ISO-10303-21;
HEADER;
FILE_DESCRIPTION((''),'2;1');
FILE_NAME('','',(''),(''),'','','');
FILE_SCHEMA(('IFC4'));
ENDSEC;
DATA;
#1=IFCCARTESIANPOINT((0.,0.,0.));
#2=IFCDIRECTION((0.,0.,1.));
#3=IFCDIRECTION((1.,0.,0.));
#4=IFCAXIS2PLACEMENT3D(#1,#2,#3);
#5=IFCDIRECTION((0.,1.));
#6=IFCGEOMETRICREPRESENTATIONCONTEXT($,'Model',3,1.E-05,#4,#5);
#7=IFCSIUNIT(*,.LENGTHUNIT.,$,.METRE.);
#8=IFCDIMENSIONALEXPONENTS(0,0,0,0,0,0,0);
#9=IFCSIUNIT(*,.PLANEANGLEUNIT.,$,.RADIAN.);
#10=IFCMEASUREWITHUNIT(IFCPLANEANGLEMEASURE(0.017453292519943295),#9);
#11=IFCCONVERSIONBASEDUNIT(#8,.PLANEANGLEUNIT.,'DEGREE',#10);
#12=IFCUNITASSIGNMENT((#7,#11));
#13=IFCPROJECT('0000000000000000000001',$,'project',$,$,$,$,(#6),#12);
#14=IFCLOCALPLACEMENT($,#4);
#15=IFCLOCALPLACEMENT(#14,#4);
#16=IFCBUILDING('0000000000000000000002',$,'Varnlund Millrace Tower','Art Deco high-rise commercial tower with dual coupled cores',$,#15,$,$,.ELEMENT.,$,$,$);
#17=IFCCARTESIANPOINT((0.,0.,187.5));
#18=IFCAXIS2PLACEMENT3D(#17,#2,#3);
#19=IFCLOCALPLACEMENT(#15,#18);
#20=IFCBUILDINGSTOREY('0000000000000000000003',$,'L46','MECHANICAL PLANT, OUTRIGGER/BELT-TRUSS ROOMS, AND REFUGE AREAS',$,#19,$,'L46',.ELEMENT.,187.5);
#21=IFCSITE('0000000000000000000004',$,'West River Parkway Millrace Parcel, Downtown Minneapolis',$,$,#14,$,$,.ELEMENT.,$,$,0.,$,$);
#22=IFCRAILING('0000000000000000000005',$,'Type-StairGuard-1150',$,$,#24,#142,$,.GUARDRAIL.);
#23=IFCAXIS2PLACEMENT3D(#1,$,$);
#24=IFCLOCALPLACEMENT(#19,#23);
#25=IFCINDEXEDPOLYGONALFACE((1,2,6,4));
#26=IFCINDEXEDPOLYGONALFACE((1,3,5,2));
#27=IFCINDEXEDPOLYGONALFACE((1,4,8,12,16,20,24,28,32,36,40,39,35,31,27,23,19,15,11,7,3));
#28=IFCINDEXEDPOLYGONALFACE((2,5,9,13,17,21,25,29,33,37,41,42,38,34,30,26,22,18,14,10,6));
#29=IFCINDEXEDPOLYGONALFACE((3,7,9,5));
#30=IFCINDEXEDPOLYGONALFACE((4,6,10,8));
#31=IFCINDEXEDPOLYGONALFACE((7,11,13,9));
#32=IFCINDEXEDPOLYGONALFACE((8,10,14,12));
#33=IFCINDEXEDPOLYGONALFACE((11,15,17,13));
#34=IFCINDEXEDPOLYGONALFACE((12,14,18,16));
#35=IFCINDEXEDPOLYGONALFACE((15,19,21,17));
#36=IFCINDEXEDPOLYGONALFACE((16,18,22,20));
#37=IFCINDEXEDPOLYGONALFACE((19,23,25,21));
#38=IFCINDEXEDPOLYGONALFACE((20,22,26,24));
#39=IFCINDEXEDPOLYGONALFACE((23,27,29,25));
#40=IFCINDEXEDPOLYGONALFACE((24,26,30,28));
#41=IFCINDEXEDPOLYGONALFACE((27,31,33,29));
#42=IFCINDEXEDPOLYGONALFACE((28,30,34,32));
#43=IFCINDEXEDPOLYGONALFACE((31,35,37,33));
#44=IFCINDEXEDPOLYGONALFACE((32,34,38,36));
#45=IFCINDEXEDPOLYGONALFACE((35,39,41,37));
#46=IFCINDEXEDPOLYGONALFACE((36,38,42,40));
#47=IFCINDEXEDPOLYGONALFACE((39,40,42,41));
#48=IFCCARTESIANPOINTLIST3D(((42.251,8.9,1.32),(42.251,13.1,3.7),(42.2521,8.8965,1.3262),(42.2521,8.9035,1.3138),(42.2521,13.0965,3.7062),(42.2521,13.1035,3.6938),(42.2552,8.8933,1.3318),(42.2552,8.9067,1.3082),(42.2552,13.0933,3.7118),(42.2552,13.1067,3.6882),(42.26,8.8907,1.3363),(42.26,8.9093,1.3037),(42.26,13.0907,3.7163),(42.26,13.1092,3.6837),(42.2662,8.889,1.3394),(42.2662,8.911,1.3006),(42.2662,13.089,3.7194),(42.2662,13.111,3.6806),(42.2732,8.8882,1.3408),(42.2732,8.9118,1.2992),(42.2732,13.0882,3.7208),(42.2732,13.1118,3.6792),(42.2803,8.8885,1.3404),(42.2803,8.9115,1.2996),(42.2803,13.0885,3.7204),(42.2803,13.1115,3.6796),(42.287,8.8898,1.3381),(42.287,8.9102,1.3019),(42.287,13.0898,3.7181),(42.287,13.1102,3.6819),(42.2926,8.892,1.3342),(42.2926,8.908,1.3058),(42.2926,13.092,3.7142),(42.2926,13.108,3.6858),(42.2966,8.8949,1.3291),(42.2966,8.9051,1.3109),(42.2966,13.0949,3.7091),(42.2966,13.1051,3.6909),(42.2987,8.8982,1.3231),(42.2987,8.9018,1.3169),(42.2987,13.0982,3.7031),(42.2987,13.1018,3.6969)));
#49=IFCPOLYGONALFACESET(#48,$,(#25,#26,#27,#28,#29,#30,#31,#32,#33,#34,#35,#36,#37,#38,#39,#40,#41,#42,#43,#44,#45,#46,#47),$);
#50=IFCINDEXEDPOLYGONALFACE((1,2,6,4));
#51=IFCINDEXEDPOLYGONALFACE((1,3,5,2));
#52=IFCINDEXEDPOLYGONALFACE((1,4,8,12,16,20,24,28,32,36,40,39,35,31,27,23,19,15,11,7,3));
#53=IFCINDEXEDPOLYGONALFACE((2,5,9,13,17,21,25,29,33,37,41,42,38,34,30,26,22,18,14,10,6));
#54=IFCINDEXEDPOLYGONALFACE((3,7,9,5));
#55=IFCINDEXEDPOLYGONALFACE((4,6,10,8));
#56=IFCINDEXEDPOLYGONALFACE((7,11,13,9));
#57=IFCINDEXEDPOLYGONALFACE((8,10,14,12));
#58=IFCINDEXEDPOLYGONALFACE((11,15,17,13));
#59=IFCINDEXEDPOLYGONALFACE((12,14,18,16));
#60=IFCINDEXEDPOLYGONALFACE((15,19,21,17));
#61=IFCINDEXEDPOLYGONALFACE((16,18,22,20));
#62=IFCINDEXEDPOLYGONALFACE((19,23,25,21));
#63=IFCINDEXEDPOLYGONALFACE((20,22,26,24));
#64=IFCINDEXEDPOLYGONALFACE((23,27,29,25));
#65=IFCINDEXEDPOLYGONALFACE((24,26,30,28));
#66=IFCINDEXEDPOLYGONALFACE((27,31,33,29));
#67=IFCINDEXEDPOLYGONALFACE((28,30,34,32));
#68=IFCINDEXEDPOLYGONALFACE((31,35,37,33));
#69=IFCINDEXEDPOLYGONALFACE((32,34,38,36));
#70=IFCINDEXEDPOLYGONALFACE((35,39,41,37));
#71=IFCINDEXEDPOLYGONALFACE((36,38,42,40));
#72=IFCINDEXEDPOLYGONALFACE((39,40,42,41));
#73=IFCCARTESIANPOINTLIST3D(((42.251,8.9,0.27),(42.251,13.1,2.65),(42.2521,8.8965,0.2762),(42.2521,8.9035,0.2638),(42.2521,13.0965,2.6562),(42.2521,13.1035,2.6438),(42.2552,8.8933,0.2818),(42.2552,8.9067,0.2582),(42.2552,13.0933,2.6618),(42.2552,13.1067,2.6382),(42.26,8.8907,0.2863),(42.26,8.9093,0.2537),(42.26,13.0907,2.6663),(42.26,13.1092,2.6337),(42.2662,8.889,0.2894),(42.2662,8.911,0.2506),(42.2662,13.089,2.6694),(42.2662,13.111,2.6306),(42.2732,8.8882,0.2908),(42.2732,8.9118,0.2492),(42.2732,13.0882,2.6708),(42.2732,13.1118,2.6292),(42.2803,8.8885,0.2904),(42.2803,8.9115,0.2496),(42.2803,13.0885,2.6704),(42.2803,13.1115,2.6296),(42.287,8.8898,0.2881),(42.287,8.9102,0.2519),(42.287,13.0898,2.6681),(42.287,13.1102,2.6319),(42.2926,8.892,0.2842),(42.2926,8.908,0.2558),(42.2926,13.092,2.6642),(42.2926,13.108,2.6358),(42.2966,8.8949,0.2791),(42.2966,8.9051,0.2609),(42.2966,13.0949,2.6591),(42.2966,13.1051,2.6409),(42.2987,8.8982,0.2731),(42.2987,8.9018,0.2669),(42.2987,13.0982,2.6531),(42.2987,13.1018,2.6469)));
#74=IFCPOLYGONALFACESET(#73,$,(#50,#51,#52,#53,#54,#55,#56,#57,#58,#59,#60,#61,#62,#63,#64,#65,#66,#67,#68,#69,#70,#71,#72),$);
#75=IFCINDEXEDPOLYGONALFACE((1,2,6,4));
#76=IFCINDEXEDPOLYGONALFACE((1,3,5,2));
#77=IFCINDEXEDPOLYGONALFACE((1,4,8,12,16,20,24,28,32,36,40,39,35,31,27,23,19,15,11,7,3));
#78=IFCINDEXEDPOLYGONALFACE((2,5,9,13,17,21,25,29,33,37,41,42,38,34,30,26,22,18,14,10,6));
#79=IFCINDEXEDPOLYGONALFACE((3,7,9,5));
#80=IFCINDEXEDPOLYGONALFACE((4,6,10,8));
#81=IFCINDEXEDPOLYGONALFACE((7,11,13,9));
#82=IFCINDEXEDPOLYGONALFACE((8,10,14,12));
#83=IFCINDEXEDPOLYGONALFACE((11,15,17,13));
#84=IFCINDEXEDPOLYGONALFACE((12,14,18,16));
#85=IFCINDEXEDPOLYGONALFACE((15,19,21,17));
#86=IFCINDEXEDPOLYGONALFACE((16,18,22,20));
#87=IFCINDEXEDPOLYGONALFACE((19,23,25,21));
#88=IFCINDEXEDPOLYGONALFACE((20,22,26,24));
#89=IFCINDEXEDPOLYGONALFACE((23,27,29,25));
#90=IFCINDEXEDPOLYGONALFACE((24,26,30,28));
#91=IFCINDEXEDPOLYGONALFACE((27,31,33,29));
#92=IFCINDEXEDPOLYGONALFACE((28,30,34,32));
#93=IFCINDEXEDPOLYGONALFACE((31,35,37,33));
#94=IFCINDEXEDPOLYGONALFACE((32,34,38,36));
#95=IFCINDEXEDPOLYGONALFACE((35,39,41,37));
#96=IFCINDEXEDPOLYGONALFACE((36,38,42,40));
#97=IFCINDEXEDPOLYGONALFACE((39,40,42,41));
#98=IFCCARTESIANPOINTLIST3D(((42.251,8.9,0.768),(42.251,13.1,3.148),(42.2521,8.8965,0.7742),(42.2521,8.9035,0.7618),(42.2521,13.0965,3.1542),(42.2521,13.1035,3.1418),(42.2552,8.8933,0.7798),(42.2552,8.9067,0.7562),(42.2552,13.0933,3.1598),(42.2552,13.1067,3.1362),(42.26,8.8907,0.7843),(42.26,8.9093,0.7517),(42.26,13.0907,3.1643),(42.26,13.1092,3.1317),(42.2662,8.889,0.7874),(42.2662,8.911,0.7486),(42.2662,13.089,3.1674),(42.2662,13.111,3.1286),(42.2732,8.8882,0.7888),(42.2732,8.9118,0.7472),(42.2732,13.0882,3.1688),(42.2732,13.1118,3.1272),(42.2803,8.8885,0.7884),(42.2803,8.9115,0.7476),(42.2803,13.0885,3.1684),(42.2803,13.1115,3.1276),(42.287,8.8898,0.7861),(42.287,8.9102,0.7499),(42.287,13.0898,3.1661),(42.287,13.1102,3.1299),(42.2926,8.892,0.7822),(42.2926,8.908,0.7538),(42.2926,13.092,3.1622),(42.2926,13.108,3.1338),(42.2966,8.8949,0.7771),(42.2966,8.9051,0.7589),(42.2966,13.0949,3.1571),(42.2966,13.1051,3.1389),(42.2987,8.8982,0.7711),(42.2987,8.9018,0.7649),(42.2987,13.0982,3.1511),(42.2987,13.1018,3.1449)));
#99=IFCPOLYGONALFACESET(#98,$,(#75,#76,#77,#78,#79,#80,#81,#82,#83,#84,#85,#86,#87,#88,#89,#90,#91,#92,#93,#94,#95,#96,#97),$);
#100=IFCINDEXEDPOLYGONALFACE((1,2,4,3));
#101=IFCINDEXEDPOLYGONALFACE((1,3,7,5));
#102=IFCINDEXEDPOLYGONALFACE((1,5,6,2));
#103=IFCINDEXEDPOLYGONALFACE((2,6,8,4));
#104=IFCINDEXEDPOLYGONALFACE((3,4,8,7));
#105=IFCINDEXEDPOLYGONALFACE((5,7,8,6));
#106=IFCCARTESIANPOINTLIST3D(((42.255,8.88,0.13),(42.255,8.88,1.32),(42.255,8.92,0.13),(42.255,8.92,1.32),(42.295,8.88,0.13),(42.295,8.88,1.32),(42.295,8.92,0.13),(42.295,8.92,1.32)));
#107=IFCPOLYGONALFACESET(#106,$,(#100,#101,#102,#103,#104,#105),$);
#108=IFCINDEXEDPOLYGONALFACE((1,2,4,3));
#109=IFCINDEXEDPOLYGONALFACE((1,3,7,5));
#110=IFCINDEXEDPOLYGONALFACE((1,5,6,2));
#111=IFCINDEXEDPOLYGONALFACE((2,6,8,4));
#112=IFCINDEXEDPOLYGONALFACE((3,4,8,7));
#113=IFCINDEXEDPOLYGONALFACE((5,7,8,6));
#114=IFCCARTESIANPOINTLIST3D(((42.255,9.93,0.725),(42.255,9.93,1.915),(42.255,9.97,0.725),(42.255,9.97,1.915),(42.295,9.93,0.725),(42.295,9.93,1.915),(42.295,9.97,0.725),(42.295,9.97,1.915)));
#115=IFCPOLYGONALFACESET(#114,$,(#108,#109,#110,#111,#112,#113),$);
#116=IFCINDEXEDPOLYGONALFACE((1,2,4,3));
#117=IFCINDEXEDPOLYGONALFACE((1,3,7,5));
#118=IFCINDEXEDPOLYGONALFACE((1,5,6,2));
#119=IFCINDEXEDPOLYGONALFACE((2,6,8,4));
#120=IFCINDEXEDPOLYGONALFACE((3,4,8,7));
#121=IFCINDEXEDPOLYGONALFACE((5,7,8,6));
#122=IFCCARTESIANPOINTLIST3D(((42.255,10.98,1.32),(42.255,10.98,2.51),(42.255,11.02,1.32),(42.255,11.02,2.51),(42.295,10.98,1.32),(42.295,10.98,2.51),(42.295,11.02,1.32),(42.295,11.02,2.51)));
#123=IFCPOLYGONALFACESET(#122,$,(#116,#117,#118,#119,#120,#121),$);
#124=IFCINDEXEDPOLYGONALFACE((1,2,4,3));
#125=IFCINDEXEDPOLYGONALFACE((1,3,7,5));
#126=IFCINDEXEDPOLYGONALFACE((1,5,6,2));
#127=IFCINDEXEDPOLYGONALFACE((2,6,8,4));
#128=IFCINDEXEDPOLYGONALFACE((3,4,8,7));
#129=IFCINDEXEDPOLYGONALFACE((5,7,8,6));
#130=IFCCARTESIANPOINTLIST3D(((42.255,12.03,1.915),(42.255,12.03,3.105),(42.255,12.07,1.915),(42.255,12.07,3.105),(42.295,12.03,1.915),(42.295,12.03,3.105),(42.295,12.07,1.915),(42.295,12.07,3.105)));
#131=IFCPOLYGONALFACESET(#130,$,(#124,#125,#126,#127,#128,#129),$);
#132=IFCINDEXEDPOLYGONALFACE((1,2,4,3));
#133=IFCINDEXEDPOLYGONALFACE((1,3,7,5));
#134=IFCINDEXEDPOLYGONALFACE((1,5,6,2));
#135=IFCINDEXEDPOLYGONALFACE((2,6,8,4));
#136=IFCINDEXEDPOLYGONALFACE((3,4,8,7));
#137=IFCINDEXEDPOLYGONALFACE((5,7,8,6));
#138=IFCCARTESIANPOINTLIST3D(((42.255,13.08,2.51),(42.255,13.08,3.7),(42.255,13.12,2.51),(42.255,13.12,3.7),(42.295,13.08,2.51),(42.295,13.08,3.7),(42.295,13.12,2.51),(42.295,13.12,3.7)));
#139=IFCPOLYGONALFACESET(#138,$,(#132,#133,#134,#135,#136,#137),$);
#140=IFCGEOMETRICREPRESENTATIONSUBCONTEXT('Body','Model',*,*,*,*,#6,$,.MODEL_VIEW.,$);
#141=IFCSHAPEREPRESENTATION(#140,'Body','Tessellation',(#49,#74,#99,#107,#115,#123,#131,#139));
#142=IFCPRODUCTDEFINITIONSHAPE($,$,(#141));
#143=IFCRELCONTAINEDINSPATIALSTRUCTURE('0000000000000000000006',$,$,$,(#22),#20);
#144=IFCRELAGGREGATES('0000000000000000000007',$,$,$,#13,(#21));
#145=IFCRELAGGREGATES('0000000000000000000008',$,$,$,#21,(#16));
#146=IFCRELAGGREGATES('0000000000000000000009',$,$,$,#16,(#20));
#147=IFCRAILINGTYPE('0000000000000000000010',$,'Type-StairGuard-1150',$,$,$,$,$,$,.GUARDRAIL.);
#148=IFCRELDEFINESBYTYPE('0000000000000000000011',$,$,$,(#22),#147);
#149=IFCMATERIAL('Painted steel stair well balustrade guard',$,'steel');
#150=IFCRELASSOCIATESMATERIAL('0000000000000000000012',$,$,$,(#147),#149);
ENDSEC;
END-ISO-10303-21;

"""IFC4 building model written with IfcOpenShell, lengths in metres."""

from ifc_helpers import new_model, entity, si_unit, converted_unit, direction, frame, origin_with_axes, origin_2d_with_axis, place, context, subcontext, project, spatial, rectangle, circle, extrude, material, type_object, element, save


model = new_model("IFC4")

# Units and contexts
model_context = context("Model", 3, precision=1e-05, world=origin_with_axes(), true_north=direction((0.0, 1.0)))
body_context = subcontext(model_context, "Body", "Model", "MODEL_VIEW")
ifc_project = project(units=[si_unit("LENGTHUNIT", "METRE"), converted_unit("PLANEANGLEUNIT", "DEGREE", entity("IfcPlaneAngleMeasure", 0.017453292519943295), si_unit("PLANEANGLEUNIT", "RADIAN"), dimensions=[0, 0, 0, 0, 0, 0, 0])], contexts=[model_context])

# Site, building, storey
site_placement = place(None, origin_with_axes())
site = spatial("IfcSite", under=ifc_project, at=site_placement, Name="West River Parkway Millrace Parcel, Downtown Minneapolis", CompositionType="ELEMENT", RefElevation=0.0)
building_placement = place(site_placement, origin_with_axes())
building = spatial("IfcBuilding", under=site, at=building_placement, Name="Varnlund Millrace Tower", Description="Art Deco high-rise commercial tower with dual coupled cores", CompositionType="ELEMENT")
storey_placement = place(building_placement, frame((0.0, 0.0, 187.5), z_axis=(0.0, 0.0, 1.0), x_axis=(1.0, 0.0, 0.0)))
storey = spatial("IfcBuildingStorey", under=building, at=storey_placement, Name="L46", Description="MECHANICAL PLANT, OUTRIGGER/BELT-TRUSS ROOMS, AND REFUGE AREAS", LongName="L46", CompositionType="ELEMENT", Elevation=187.5)

# Railing
ifc_material_1 = material(Name="Painted steel stair well balustrade guard", Category="steel")
railing_type_1 = type_object("IfcRailingType", Name="Type-StairGuard-1150", PredefinedType="GUARDRAIL", material=ifc_material_1)
railing_1_placement = place(storey_placement, frame((0.0, 0.0, -187.5), z_axis=(0.0, 0.0, 1.0), x_axis=(1.0, 0.0, 0.0)))
element("IfcRailing", 1, at=railing_1_placement, inside=storey, type_object=railing_type_1, Name="Type-StairGuard-1150", PredefinedType="GUARDRAIL", context=body_context, shape_type="SweptSolid", body=[
    extrude(circle(Radius=0.024, at=origin_2d_with_axis()), frame((42.275, 8.9, 188.82), z_axis=(0.0, 0.870022, 0.493013), x_axis=(-1.0, 0.0, 0.0)), (0.0, 0.0, 1.0), 4.8275),
    extrude(circle(Radius=0.024, at=origin_2d_with_axis()), frame((42.275, 8.9, 187.77), z_axis=(0.0, 0.870022, 0.493013), x_axis=(-1.0, 0.0, 0.0)), (0.0, 0.0, 1.0), 4.8275),
    extrude(circle(Radius=0.024, at=origin_2d_with_axis()), frame((42.275, 8.9, 188.268), z_axis=(0.0, 0.870022, 0.493013), x_axis=(-1.0, 0.0, 0.0)), (0.0, 0.0, 1.0), 4.8275),
    extrude(rectangle(XDim=0.04, YDim=0.04, at=origin_2d_with_axis()), frame((42.275, 8.9, 187.63), z_axis=(0.0, 0.0, 1.0), x_axis=(1.0, 0.0, 0.0)), (0.0, 0.0, 1.0), 1.19),
    extrude(rectangle(XDim=0.04, YDim=0.04, at=origin_2d_with_axis()), frame((42.275, 9.95, 188.225), z_axis=(0.0, 0.0, 1.0), x_axis=(1.0, 0.0, 0.0)), (0.0, 0.0, 1.0), 1.19),
    extrude(rectangle(XDim=0.04, YDim=0.04, at=origin_2d_with_axis()), frame((42.275, 11.0, 188.82), z_axis=(0.0, 0.0, 1.0), x_axis=(1.0, 0.0, 0.0)), (0.0, 0.0, 1.0), 1.19),
    extrude(rectangle(XDim=0.04, YDim=0.04, at=origin_2d_with_axis()), frame((42.275, 12.05, 189.415), z_axis=(0.0, 0.0, 1.0), x_axis=(1.0, 0.0, 0.0)), (0.0, 0.0, 1.0), 1.19),
    extrude(rectangle(XDim=0.04, YDim=0.04, at=origin_2d_with_axis()), frame((42.275, 13.1, 190.01), z_axis=(0.0, 0.0, 1.0), x_axis=(1.0, 0.0, 0.0)), (0.0, 0.0, 1.0), 1.19),
])

save(model, "model.ifc")
